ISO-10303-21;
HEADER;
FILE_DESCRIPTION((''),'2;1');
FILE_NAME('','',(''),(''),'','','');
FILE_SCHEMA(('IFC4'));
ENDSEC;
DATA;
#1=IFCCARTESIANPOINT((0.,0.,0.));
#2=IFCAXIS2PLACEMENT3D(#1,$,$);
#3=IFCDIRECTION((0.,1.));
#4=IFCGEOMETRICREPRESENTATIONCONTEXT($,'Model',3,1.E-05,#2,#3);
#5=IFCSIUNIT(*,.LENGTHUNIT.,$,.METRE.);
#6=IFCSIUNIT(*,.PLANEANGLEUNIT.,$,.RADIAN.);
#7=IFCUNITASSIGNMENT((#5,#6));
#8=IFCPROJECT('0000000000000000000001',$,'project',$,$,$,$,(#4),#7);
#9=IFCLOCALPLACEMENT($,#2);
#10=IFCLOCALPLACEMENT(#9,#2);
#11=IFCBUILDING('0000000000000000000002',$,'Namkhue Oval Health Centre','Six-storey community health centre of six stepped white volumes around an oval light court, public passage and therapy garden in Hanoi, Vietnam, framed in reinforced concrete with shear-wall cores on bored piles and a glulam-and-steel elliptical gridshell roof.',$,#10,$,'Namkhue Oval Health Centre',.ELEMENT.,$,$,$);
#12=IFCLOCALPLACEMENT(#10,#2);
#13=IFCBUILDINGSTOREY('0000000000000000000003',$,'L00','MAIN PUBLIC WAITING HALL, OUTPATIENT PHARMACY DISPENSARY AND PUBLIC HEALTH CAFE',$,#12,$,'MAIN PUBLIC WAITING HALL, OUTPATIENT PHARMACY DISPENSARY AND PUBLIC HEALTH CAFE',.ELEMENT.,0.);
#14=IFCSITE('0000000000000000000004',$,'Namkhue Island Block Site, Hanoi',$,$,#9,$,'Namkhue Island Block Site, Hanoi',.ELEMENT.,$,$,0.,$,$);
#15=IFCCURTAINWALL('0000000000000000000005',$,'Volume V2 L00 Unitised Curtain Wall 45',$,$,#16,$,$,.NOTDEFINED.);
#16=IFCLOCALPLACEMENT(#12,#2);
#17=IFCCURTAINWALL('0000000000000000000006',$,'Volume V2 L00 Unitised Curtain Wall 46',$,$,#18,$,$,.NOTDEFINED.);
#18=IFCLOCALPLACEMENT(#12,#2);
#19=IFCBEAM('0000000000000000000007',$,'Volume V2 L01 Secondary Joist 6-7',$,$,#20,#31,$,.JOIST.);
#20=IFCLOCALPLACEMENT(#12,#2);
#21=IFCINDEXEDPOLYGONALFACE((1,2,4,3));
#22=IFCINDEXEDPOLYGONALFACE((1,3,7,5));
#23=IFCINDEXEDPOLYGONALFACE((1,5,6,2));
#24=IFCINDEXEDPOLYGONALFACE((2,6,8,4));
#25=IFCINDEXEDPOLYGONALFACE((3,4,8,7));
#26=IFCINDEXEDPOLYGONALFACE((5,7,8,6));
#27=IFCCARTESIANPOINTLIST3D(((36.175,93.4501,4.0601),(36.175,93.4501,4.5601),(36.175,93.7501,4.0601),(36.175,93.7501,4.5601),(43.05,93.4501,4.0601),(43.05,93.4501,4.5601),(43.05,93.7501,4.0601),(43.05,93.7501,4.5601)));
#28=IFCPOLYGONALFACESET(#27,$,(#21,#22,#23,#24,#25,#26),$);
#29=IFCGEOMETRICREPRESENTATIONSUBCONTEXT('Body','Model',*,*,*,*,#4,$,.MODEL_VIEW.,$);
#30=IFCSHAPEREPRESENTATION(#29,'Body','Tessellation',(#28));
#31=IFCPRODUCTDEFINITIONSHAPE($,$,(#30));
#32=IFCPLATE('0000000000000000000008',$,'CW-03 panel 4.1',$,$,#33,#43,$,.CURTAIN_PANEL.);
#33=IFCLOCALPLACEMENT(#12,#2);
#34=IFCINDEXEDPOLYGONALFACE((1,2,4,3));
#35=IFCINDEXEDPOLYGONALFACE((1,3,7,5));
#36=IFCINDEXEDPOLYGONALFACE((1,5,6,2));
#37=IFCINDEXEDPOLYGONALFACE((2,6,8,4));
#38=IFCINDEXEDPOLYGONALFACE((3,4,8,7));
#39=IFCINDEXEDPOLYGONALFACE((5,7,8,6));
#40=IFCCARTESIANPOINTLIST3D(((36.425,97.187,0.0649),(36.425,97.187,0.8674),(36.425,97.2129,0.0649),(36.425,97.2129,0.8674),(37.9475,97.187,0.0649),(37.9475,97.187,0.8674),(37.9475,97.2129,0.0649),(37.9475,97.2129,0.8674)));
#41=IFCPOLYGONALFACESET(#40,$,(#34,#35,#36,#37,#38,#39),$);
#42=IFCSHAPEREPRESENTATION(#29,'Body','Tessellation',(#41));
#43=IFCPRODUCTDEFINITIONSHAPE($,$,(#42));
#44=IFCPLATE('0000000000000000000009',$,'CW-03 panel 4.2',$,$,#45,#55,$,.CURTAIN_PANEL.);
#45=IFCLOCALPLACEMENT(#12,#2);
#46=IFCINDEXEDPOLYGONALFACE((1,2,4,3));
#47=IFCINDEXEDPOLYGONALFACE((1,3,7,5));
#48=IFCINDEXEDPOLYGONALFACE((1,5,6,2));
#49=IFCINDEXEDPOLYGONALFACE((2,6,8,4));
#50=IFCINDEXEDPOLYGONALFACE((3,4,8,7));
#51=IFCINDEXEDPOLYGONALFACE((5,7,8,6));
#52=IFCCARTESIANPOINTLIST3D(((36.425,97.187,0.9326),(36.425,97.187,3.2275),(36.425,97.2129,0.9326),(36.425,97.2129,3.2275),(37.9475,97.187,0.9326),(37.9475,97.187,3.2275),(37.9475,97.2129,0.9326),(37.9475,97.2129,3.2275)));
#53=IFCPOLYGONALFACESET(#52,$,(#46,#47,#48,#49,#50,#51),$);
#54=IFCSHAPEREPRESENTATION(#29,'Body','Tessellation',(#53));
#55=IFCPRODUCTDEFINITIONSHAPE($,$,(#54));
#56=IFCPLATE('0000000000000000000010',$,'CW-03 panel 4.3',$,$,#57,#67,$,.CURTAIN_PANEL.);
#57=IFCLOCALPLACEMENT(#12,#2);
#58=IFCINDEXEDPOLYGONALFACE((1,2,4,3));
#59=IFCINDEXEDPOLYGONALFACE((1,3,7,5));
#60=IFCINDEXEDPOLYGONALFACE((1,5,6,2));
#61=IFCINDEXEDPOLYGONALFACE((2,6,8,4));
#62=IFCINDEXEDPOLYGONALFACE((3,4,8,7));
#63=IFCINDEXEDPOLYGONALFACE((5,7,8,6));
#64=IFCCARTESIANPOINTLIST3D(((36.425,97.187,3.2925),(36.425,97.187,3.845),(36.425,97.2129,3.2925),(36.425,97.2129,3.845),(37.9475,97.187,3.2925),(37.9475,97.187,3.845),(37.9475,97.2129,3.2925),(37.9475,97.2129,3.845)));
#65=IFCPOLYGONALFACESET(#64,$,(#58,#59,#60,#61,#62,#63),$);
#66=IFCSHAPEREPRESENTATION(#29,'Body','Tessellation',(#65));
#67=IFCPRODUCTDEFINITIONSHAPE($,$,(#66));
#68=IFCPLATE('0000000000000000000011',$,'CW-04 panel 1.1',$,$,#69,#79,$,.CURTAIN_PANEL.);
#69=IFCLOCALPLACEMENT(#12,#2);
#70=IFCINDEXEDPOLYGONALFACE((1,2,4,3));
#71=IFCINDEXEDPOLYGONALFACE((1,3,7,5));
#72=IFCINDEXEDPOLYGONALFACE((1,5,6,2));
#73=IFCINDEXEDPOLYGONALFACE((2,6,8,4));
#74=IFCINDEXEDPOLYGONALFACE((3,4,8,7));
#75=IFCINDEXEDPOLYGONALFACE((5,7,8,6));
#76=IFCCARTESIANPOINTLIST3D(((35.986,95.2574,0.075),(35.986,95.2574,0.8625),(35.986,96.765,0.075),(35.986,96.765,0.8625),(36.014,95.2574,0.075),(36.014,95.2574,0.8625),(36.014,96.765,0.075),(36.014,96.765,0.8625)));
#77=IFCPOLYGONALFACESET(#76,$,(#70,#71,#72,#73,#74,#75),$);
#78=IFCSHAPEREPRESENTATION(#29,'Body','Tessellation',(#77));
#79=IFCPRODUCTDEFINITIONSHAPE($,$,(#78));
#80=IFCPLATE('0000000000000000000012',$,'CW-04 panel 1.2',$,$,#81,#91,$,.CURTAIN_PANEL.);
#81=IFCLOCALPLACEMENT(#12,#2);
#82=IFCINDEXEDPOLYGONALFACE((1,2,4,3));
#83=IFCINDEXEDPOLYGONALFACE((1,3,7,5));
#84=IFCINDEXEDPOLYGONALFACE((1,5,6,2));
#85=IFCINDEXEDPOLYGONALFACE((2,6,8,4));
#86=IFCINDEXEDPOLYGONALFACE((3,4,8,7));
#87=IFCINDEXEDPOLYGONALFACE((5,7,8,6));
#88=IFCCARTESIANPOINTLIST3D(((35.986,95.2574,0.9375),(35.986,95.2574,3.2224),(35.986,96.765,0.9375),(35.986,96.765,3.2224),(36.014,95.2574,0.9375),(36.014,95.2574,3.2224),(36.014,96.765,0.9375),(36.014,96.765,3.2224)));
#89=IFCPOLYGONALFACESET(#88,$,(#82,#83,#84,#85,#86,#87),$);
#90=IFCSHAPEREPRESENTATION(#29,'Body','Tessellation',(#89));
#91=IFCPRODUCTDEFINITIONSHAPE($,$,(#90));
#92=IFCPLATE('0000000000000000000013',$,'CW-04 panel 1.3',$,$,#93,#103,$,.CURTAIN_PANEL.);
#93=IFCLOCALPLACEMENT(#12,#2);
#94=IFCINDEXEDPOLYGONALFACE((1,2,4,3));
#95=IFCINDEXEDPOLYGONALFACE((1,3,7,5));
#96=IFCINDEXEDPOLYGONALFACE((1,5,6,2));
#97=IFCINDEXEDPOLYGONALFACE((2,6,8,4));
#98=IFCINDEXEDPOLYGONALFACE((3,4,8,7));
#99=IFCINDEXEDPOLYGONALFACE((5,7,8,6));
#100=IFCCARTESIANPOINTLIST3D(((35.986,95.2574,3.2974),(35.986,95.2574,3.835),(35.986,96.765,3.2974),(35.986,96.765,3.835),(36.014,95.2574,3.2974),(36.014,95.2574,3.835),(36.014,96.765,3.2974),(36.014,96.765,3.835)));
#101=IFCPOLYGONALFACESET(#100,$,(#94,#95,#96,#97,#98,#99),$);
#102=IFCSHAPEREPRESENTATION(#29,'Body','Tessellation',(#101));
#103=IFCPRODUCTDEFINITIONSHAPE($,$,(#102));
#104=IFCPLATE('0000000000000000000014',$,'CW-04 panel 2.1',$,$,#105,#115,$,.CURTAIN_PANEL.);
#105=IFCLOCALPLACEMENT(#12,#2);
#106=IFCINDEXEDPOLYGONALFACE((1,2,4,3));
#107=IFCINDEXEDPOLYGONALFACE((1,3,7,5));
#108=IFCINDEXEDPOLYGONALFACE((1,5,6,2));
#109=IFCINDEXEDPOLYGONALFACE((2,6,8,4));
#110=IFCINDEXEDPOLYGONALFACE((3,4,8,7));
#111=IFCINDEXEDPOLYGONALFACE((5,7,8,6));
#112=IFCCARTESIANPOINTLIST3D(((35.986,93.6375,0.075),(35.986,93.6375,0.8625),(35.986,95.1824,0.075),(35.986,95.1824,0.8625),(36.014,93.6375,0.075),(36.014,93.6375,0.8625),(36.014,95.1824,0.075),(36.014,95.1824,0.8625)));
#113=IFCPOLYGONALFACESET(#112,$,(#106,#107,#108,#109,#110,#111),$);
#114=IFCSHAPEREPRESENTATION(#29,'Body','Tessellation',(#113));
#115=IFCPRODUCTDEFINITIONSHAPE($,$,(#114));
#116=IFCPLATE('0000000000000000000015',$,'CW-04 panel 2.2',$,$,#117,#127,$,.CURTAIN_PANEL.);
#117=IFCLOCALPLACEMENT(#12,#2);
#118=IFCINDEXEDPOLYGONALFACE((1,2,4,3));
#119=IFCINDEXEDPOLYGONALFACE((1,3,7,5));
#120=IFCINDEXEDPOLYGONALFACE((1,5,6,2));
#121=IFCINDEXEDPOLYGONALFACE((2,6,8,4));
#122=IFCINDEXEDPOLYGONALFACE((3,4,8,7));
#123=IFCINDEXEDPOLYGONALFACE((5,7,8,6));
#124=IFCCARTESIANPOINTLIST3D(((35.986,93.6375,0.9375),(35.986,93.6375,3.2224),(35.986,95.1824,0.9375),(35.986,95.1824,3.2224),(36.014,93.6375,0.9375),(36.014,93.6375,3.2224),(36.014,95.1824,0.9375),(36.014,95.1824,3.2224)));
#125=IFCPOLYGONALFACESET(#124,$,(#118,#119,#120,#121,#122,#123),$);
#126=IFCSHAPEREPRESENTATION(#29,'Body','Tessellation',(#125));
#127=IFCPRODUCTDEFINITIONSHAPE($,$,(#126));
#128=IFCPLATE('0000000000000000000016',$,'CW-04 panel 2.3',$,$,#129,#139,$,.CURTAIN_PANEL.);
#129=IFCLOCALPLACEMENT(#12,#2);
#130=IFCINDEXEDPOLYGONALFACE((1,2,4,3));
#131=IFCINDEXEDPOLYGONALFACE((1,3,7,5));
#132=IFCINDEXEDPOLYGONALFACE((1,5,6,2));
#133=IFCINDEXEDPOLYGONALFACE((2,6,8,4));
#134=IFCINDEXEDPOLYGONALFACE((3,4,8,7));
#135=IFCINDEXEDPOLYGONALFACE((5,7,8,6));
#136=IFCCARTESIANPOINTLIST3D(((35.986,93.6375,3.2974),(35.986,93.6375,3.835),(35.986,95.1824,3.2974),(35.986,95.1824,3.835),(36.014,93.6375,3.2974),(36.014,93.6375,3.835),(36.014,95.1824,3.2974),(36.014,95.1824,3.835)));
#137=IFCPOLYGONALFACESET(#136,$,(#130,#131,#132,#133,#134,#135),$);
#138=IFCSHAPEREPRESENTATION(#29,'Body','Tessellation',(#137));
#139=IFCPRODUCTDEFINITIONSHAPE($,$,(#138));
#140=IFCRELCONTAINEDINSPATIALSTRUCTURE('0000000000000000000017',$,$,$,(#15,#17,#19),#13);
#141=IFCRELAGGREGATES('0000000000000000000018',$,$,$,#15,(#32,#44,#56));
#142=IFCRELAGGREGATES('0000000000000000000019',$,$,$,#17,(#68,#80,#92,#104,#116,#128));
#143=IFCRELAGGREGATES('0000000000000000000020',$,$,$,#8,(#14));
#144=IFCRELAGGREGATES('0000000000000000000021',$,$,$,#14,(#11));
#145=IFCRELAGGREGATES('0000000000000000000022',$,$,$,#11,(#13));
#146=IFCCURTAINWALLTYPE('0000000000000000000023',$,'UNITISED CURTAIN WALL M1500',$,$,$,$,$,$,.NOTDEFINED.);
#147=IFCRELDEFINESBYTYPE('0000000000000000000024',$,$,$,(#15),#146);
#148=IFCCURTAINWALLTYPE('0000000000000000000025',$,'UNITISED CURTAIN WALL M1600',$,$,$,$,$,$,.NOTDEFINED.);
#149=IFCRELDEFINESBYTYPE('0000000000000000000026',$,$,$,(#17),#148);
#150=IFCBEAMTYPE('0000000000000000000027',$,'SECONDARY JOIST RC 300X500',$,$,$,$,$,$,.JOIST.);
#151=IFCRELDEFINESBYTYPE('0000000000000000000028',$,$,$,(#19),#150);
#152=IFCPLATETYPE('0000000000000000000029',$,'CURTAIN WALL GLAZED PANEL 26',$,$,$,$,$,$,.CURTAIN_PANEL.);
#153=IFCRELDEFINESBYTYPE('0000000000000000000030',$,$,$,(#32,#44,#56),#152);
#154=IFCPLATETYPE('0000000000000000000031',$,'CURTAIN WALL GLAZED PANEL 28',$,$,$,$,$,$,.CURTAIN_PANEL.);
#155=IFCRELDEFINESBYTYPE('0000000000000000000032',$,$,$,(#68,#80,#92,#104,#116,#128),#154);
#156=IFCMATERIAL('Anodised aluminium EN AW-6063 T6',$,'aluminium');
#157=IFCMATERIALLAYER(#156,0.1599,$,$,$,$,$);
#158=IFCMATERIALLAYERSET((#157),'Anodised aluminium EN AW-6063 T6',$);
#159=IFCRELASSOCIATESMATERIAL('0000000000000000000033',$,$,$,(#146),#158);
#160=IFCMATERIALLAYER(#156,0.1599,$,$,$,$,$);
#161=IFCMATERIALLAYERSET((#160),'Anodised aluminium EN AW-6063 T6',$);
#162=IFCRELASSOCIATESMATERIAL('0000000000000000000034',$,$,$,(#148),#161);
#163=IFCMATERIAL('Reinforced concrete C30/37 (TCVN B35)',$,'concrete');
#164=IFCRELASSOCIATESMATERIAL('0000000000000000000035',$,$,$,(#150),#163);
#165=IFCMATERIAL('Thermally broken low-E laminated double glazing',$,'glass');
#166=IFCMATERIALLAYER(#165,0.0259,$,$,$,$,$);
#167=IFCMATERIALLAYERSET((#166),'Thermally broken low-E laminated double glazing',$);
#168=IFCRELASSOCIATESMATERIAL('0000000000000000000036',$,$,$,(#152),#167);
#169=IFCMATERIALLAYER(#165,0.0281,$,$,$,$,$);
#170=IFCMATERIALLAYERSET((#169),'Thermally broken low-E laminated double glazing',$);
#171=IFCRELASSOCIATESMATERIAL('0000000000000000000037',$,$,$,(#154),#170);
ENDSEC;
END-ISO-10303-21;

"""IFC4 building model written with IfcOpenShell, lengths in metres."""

from ifc_helpers import new_model, si_unit, direction, frame, origin, origin_2d, place, context, subcontext, project, spatial, rectangle, extrude, material, layer, layer_set, material_profile, profile_set, type_object, element, aggregate, save


model = new_model("IFC4")

# Units and contexts
model_context = context("Model", 3, precision=1e-05, world=origin(), true_north=direction((0.0, 1.0)))
body_context = subcontext(model_context, "Body", "Model", "MODEL_VIEW")
ifc_project = project(units=[si_unit("LENGTHUNIT", "METRE"), si_unit("PLANEANGLEUNIT", "RADIAN")], contexts=[model_context])

# Site, building, storey
site_placement = place(None, origin())
site = spatial("IfcSite", under=ifc_project, at=site_placement, Name="Namkhue Island Block Site, Hanoi", LongName="Namkhue Island Block Site, Hanoi", CompositionType="ELEMENT", RefElevation=0.0)
building_placement = place(site_placement, origin())
building = spatial("IfcBuilding", under=site, at=building_placement, Name="Namkhue Oval Health Centre", Description="Six-storey community health centre of six stepped white volumes around an oval light court, public passage and therapy garden in Hanoi, Vietnam, framed in reinforced concrete with shear-wall cores on bored piles and a glulam-and-steel elliptical gridshell roof.", LongName="Namkhue Oval Health Centre", CompositionType="ELEMENT")
storey_placement = place(building_placement, origin())
storey = spatial("IfcBuildingStorey", under=building, at=storey_placement, Name="L00", Description="MAIN PUBLIC WAITING HALL, OUTPATIENT PHARMACY DISPENSARY AND PUBLIC HEALTH CAFE", LongName="MAIN PUBLIC WAITING HALL, OUTPATIENT PHARMACY DISPENSARY AND PUBLIC HEALTH CAFE", CompositionType="ELEMENT", Elevation=0.0)

# Shared definitions
ifc_material_1 = material(Name="Reinforced concrete C30/37 (TCVN B35)", Category="concrete")

# Curtain wall
ifc_material_2 = material(Name="Anodised aluminium EN AW-6063 T6", Category="aluminium")
ifc_layer_1 = layer(ifc_material_2, 0.1599)
ifc_layer_set_1 = layer_set([ifc_layer_1], Name="Anodised aluminium EN AW-6063 T6")
curtain_wall_type_1 = type_object("IfcCurtainWallType", Name="UNITISED CURTAIN WALL M1500", PredefinedType="NOTDEFINED", material=ifc_layer_set_1)
curtain_wall_1_placement = place(storey_placement, origin())
curtain_wall_1 = element("IfcCurtainWall", 1, at=curtain_wall_1_placement, inside=storey, type_object=curtain_wall_type_1, Name="Volume V2 L00 Unitised Curtain Wall 45", PredefinedType="NOTDEFINED")

# Curtain wall
ifc_layer_2 = layer(ifc_material_2, 0.1599)
ifc_layer_set_2 = layer_set([ifc_layer_2], Name="Anodised aluminium EN AW-6063 T6")
curtain_wall_type_2 = type_object("IfcCurtainWallType", Name="UNITISED CURTAIN WALL M1600", PredefinedType="NOTDEFINED", material=ifc_layer_set_2)
curtain_wall_2_placement = place(storey_placement, origin())
curtain_wall_2 = element("IfcCurtainWall", 2, at=curtain_wall_2_placement, inside=storey, type_object=curtain_wall_type_2, Name="Volume V2 L00 Unitised Curtain Wall 46", PredefinedType="NOTDEFINED")

# Beam
ifc_material_profile_1 = material_profile(ifc_material_1, rectangle(XDim=0.3, YDim=0.5, at=origin_2d()), Name="RC 300x500")
ifc_profile_set_1 = profile_set([ifc_material_profile_1], Name="Reinforced concrete C30/37 (TCVN B35)")
beam_type_1 = type_object("IfcBeamType", Name="SECONDARY JOIST RC 300X500", PredefinedType="JOIST", material=ifc_profile_set_1)
beam_1_placement = place(storey_placement, frame((36.175, 93.6001, 4.3101), z_axis=(1.0, 0.0, 0.0), x_axis=(0.0, 1.0, 0.0)))
element("IfcBeam", 3, at=beam_1_placement, inside=storey, type_object=beam_type_1, Name="Volume V2 L01 Secondary Joist 6-7", PredefinedType="JOIST", context=body_context, shape_type="SweptSolid", body=[
    extrude(rectangle(XDim=0.3, YDim=0.5, at=origin_2d()), origin(), (0.0, 0.0, 1.0), 6.875),
])

# Plates
ifc_material_3 = material(Name="Thermally broken low-E laminated double glazing", Category="glass")
ifc_layer_3 = layer(ifc_material_3, 0.0259)
ifc_layer_set_3 = layer_set([ifc_layer_3], Name="Thermally broken low-E laminated double glazing")
plate_type_1 = type_object("IfcPlateType", Name="CURTAIN WALL GLAZED PANEL 26", PredefinedType="CURTAIN_PANEL", material=ifc_layer_set_3)
plate_1_placement = place(storey_placement, frame((37.1863, 97.2, 0.0649), z_axis=(0.0, 0.0, 1.0), x_axis=(-1.0, 0.0, 0.0)))
plate_1 = element("IfcPlate", 4, at=plate_1_placement, type_object=plate_type_1, Name="CW-03 panel 4.1", PredefinedType="CURTAIN_PANEL", context=body_context, shape_type="SweptSolid", body=[
    extrude(rectangle(XDim=1.5225, YDim=0.0259, at=origin_2d()), origin(), (0.0, 0.0, 1.0), 0.8025),
])
plate_2_placement = place(storey_placement, frame((37.1863, 97.2, 0.9326), z_axis=(0.0, 0.0, 1.0), x_axis=(-1.0, 0.0, 0.0)))
plate_2 = element("IfcPlate", 5, at=plate_2_placement, type_object=plate_type_1, Name="CW-03 panel 4.2", PredefinedType="CURTAIN_PANEL", context=body_context, shape_type="SweptSolid", body=[
    extrude(rectangle(XDim=1.5225, YDim=0.0259, at=origin_2d()), origin(), (0.0, 0.0, 1.0), 2.2949),
])
plate_3_placement = place(storey_placement, frame((37.1863, 97.2, 3.2925), z_axis=(0.0, 0.0, 1.0), x_axis=(-1.0, 0.0, 0.0)))
plate_3 = element("IfcPlate", 6, at=plate_3_placement, type_object=plate_type_1, Name="CW-03 panel 4.3", PredefinedType="CURTAIN_PANEL", context=body_context, shape_type="SweptSolid", body=[
    extrude(rectangle(XDim=1.5225, YDim=0.0259, at=origin_2d()), origin(), (0.0, 0.0, 1.0), 0.5525),
])
aggregate(curtain_wall_1, [plate_1, plate_2, plate_3])
ifc_layer_4 = layer(ifc_material_3, 0.0281)
ifc_layer_set_4 = layer_set([ifc_layer_4], Name="Thermally broken low-E laminated double glazing")
plate_type_2 = type_object("IfcPlateType", Name="CURTAIN WALL GLAZED PANEL 28", PredefinedType="CURTAIN_PANEL", material=ifc_layer_set_4)
plate_4_placement = place(storey_placement, frame((36.0, 96.0112, 0.075), z_axis=(0.0, 0.0, 1.0), x_axis=(0.0, -1.0, 0.0)))
plate_4 = element("IfcPlate", 7, at=plate_4_placement, type_object=plate_type_2, Name="CW-04 panel 1.1", PredefinedType="CURTAIN_PANEL", context=body_context, shape_type="SweptSolid", body=[
    extrude(rectangle(XDim=1.5076, YDim=0.0281, at=origin_2d()), origin(), (0.0, 0.0, 1.0), 0.7876),
])
plate_5_placement = place(storey_placement, frame((36.0, 96.0112, 0.9375), z_axis=(0.0, 0.0, 1.0), x_axis=(0.0, -1.0, 0.0)))
plate_5 = element("IfcPlate", 8, at=plate_5_placement, type_object=plate_type_2, Name="CW-04 panel 1.2", PredefinedType="CURTAIN_PANEL", context=body_context, shape_type="SweptSolid", body=[
    extrude(rectangle(XDim=1.5076, YDim=0.0281, at=origin_2d()), origin(), (0.0, 0.0, 1.0), 2.2849),
])
plate_6_placement = place(storey_placement, frame((36.0, 96.0112, 3.2974), z_axis=(0.0, 0.0, 1.0), x_axis=(0.0, -1.0, 0.0)))
plate_6 = element("IfcPlate", 9, at=plate_6_placement, type_object=plate_type_2, Name="CW-04 panel 1.3", PredefinedType="CURTAIN_PANEL", context=body_context, shape_type="SweptSolid", body=[
    extrude(rectangle(XDim=1.5076, YDim=0.0281, at=origin_2d()), origin(), (0.0, 0.0, 1.0), 0.5376),
])
plate_7_placement = place(storey_placement, frame((36.0, 94.4099, 0.075), z_axis=(0.0, 0.0, 1.0), x_axis=(0.0, -1.0, 0.0)))
plate_7 = element("IfcPlate", 10, at=plate_7_placement, type_object=plate_type_2, Name="CW-04 panel 2.1", PredefinedType="CURTAIN_PANEL", context=body_context, shape_type="SweptSolid", body=[
    extrude(rectangle(XDim=1.5449, YDim=0.0281, at=origin_2d()), origin(), (0.0, 0.0, 1.0), 0.7876),
])
plate_8_placement = place(storey_placement, frame((36.0, 94.4099, 0.9375), z_axis=(0.0, 0.0, 1.0), x_axis=(0.0, -1.0, 0.0)))
plate_8 = element("IfcPlate", 11, at=plate_8_placement, type_object=plate_type_2, Name="CW-04 panel 2.2", PredefinedType="CURTAIN_PANEL", context=body_context, shape_type="SweptSolid", body=[
    extrude(rectangle(XDim=1.5449, YDim=0.0281, at=origin_2d()), origin(), (0.0, 0.0, 1.0), 2.2849),
])
plate_9_placement = place(storey_placement, frame((36.0, 94.4099, 3.2974), z_axis=(0.0, 0.0, 1.0), x_axis=(0.0, -1.0, 0.0)))
plate_9 = element("IfcPlate", 12, at=plate_9_placement, type_object=plate_type_2, Name="CW-04 panel 2.3", PredefinedType="CURTAIN_PANEL", context=body_context, shape_type="SweptSolid", body=[
    extrude(rectangle(XDim=1.5449, YDim=0.0281, at=origin_2d()), origin(), (0.0, 0.0, 1.0), 0.5376),
])
aggregate(curtain_wall_2, [plate_4, plate_5, plate_6, plate_7, plate_8, plate_9])

save(model, "model.ifc")
